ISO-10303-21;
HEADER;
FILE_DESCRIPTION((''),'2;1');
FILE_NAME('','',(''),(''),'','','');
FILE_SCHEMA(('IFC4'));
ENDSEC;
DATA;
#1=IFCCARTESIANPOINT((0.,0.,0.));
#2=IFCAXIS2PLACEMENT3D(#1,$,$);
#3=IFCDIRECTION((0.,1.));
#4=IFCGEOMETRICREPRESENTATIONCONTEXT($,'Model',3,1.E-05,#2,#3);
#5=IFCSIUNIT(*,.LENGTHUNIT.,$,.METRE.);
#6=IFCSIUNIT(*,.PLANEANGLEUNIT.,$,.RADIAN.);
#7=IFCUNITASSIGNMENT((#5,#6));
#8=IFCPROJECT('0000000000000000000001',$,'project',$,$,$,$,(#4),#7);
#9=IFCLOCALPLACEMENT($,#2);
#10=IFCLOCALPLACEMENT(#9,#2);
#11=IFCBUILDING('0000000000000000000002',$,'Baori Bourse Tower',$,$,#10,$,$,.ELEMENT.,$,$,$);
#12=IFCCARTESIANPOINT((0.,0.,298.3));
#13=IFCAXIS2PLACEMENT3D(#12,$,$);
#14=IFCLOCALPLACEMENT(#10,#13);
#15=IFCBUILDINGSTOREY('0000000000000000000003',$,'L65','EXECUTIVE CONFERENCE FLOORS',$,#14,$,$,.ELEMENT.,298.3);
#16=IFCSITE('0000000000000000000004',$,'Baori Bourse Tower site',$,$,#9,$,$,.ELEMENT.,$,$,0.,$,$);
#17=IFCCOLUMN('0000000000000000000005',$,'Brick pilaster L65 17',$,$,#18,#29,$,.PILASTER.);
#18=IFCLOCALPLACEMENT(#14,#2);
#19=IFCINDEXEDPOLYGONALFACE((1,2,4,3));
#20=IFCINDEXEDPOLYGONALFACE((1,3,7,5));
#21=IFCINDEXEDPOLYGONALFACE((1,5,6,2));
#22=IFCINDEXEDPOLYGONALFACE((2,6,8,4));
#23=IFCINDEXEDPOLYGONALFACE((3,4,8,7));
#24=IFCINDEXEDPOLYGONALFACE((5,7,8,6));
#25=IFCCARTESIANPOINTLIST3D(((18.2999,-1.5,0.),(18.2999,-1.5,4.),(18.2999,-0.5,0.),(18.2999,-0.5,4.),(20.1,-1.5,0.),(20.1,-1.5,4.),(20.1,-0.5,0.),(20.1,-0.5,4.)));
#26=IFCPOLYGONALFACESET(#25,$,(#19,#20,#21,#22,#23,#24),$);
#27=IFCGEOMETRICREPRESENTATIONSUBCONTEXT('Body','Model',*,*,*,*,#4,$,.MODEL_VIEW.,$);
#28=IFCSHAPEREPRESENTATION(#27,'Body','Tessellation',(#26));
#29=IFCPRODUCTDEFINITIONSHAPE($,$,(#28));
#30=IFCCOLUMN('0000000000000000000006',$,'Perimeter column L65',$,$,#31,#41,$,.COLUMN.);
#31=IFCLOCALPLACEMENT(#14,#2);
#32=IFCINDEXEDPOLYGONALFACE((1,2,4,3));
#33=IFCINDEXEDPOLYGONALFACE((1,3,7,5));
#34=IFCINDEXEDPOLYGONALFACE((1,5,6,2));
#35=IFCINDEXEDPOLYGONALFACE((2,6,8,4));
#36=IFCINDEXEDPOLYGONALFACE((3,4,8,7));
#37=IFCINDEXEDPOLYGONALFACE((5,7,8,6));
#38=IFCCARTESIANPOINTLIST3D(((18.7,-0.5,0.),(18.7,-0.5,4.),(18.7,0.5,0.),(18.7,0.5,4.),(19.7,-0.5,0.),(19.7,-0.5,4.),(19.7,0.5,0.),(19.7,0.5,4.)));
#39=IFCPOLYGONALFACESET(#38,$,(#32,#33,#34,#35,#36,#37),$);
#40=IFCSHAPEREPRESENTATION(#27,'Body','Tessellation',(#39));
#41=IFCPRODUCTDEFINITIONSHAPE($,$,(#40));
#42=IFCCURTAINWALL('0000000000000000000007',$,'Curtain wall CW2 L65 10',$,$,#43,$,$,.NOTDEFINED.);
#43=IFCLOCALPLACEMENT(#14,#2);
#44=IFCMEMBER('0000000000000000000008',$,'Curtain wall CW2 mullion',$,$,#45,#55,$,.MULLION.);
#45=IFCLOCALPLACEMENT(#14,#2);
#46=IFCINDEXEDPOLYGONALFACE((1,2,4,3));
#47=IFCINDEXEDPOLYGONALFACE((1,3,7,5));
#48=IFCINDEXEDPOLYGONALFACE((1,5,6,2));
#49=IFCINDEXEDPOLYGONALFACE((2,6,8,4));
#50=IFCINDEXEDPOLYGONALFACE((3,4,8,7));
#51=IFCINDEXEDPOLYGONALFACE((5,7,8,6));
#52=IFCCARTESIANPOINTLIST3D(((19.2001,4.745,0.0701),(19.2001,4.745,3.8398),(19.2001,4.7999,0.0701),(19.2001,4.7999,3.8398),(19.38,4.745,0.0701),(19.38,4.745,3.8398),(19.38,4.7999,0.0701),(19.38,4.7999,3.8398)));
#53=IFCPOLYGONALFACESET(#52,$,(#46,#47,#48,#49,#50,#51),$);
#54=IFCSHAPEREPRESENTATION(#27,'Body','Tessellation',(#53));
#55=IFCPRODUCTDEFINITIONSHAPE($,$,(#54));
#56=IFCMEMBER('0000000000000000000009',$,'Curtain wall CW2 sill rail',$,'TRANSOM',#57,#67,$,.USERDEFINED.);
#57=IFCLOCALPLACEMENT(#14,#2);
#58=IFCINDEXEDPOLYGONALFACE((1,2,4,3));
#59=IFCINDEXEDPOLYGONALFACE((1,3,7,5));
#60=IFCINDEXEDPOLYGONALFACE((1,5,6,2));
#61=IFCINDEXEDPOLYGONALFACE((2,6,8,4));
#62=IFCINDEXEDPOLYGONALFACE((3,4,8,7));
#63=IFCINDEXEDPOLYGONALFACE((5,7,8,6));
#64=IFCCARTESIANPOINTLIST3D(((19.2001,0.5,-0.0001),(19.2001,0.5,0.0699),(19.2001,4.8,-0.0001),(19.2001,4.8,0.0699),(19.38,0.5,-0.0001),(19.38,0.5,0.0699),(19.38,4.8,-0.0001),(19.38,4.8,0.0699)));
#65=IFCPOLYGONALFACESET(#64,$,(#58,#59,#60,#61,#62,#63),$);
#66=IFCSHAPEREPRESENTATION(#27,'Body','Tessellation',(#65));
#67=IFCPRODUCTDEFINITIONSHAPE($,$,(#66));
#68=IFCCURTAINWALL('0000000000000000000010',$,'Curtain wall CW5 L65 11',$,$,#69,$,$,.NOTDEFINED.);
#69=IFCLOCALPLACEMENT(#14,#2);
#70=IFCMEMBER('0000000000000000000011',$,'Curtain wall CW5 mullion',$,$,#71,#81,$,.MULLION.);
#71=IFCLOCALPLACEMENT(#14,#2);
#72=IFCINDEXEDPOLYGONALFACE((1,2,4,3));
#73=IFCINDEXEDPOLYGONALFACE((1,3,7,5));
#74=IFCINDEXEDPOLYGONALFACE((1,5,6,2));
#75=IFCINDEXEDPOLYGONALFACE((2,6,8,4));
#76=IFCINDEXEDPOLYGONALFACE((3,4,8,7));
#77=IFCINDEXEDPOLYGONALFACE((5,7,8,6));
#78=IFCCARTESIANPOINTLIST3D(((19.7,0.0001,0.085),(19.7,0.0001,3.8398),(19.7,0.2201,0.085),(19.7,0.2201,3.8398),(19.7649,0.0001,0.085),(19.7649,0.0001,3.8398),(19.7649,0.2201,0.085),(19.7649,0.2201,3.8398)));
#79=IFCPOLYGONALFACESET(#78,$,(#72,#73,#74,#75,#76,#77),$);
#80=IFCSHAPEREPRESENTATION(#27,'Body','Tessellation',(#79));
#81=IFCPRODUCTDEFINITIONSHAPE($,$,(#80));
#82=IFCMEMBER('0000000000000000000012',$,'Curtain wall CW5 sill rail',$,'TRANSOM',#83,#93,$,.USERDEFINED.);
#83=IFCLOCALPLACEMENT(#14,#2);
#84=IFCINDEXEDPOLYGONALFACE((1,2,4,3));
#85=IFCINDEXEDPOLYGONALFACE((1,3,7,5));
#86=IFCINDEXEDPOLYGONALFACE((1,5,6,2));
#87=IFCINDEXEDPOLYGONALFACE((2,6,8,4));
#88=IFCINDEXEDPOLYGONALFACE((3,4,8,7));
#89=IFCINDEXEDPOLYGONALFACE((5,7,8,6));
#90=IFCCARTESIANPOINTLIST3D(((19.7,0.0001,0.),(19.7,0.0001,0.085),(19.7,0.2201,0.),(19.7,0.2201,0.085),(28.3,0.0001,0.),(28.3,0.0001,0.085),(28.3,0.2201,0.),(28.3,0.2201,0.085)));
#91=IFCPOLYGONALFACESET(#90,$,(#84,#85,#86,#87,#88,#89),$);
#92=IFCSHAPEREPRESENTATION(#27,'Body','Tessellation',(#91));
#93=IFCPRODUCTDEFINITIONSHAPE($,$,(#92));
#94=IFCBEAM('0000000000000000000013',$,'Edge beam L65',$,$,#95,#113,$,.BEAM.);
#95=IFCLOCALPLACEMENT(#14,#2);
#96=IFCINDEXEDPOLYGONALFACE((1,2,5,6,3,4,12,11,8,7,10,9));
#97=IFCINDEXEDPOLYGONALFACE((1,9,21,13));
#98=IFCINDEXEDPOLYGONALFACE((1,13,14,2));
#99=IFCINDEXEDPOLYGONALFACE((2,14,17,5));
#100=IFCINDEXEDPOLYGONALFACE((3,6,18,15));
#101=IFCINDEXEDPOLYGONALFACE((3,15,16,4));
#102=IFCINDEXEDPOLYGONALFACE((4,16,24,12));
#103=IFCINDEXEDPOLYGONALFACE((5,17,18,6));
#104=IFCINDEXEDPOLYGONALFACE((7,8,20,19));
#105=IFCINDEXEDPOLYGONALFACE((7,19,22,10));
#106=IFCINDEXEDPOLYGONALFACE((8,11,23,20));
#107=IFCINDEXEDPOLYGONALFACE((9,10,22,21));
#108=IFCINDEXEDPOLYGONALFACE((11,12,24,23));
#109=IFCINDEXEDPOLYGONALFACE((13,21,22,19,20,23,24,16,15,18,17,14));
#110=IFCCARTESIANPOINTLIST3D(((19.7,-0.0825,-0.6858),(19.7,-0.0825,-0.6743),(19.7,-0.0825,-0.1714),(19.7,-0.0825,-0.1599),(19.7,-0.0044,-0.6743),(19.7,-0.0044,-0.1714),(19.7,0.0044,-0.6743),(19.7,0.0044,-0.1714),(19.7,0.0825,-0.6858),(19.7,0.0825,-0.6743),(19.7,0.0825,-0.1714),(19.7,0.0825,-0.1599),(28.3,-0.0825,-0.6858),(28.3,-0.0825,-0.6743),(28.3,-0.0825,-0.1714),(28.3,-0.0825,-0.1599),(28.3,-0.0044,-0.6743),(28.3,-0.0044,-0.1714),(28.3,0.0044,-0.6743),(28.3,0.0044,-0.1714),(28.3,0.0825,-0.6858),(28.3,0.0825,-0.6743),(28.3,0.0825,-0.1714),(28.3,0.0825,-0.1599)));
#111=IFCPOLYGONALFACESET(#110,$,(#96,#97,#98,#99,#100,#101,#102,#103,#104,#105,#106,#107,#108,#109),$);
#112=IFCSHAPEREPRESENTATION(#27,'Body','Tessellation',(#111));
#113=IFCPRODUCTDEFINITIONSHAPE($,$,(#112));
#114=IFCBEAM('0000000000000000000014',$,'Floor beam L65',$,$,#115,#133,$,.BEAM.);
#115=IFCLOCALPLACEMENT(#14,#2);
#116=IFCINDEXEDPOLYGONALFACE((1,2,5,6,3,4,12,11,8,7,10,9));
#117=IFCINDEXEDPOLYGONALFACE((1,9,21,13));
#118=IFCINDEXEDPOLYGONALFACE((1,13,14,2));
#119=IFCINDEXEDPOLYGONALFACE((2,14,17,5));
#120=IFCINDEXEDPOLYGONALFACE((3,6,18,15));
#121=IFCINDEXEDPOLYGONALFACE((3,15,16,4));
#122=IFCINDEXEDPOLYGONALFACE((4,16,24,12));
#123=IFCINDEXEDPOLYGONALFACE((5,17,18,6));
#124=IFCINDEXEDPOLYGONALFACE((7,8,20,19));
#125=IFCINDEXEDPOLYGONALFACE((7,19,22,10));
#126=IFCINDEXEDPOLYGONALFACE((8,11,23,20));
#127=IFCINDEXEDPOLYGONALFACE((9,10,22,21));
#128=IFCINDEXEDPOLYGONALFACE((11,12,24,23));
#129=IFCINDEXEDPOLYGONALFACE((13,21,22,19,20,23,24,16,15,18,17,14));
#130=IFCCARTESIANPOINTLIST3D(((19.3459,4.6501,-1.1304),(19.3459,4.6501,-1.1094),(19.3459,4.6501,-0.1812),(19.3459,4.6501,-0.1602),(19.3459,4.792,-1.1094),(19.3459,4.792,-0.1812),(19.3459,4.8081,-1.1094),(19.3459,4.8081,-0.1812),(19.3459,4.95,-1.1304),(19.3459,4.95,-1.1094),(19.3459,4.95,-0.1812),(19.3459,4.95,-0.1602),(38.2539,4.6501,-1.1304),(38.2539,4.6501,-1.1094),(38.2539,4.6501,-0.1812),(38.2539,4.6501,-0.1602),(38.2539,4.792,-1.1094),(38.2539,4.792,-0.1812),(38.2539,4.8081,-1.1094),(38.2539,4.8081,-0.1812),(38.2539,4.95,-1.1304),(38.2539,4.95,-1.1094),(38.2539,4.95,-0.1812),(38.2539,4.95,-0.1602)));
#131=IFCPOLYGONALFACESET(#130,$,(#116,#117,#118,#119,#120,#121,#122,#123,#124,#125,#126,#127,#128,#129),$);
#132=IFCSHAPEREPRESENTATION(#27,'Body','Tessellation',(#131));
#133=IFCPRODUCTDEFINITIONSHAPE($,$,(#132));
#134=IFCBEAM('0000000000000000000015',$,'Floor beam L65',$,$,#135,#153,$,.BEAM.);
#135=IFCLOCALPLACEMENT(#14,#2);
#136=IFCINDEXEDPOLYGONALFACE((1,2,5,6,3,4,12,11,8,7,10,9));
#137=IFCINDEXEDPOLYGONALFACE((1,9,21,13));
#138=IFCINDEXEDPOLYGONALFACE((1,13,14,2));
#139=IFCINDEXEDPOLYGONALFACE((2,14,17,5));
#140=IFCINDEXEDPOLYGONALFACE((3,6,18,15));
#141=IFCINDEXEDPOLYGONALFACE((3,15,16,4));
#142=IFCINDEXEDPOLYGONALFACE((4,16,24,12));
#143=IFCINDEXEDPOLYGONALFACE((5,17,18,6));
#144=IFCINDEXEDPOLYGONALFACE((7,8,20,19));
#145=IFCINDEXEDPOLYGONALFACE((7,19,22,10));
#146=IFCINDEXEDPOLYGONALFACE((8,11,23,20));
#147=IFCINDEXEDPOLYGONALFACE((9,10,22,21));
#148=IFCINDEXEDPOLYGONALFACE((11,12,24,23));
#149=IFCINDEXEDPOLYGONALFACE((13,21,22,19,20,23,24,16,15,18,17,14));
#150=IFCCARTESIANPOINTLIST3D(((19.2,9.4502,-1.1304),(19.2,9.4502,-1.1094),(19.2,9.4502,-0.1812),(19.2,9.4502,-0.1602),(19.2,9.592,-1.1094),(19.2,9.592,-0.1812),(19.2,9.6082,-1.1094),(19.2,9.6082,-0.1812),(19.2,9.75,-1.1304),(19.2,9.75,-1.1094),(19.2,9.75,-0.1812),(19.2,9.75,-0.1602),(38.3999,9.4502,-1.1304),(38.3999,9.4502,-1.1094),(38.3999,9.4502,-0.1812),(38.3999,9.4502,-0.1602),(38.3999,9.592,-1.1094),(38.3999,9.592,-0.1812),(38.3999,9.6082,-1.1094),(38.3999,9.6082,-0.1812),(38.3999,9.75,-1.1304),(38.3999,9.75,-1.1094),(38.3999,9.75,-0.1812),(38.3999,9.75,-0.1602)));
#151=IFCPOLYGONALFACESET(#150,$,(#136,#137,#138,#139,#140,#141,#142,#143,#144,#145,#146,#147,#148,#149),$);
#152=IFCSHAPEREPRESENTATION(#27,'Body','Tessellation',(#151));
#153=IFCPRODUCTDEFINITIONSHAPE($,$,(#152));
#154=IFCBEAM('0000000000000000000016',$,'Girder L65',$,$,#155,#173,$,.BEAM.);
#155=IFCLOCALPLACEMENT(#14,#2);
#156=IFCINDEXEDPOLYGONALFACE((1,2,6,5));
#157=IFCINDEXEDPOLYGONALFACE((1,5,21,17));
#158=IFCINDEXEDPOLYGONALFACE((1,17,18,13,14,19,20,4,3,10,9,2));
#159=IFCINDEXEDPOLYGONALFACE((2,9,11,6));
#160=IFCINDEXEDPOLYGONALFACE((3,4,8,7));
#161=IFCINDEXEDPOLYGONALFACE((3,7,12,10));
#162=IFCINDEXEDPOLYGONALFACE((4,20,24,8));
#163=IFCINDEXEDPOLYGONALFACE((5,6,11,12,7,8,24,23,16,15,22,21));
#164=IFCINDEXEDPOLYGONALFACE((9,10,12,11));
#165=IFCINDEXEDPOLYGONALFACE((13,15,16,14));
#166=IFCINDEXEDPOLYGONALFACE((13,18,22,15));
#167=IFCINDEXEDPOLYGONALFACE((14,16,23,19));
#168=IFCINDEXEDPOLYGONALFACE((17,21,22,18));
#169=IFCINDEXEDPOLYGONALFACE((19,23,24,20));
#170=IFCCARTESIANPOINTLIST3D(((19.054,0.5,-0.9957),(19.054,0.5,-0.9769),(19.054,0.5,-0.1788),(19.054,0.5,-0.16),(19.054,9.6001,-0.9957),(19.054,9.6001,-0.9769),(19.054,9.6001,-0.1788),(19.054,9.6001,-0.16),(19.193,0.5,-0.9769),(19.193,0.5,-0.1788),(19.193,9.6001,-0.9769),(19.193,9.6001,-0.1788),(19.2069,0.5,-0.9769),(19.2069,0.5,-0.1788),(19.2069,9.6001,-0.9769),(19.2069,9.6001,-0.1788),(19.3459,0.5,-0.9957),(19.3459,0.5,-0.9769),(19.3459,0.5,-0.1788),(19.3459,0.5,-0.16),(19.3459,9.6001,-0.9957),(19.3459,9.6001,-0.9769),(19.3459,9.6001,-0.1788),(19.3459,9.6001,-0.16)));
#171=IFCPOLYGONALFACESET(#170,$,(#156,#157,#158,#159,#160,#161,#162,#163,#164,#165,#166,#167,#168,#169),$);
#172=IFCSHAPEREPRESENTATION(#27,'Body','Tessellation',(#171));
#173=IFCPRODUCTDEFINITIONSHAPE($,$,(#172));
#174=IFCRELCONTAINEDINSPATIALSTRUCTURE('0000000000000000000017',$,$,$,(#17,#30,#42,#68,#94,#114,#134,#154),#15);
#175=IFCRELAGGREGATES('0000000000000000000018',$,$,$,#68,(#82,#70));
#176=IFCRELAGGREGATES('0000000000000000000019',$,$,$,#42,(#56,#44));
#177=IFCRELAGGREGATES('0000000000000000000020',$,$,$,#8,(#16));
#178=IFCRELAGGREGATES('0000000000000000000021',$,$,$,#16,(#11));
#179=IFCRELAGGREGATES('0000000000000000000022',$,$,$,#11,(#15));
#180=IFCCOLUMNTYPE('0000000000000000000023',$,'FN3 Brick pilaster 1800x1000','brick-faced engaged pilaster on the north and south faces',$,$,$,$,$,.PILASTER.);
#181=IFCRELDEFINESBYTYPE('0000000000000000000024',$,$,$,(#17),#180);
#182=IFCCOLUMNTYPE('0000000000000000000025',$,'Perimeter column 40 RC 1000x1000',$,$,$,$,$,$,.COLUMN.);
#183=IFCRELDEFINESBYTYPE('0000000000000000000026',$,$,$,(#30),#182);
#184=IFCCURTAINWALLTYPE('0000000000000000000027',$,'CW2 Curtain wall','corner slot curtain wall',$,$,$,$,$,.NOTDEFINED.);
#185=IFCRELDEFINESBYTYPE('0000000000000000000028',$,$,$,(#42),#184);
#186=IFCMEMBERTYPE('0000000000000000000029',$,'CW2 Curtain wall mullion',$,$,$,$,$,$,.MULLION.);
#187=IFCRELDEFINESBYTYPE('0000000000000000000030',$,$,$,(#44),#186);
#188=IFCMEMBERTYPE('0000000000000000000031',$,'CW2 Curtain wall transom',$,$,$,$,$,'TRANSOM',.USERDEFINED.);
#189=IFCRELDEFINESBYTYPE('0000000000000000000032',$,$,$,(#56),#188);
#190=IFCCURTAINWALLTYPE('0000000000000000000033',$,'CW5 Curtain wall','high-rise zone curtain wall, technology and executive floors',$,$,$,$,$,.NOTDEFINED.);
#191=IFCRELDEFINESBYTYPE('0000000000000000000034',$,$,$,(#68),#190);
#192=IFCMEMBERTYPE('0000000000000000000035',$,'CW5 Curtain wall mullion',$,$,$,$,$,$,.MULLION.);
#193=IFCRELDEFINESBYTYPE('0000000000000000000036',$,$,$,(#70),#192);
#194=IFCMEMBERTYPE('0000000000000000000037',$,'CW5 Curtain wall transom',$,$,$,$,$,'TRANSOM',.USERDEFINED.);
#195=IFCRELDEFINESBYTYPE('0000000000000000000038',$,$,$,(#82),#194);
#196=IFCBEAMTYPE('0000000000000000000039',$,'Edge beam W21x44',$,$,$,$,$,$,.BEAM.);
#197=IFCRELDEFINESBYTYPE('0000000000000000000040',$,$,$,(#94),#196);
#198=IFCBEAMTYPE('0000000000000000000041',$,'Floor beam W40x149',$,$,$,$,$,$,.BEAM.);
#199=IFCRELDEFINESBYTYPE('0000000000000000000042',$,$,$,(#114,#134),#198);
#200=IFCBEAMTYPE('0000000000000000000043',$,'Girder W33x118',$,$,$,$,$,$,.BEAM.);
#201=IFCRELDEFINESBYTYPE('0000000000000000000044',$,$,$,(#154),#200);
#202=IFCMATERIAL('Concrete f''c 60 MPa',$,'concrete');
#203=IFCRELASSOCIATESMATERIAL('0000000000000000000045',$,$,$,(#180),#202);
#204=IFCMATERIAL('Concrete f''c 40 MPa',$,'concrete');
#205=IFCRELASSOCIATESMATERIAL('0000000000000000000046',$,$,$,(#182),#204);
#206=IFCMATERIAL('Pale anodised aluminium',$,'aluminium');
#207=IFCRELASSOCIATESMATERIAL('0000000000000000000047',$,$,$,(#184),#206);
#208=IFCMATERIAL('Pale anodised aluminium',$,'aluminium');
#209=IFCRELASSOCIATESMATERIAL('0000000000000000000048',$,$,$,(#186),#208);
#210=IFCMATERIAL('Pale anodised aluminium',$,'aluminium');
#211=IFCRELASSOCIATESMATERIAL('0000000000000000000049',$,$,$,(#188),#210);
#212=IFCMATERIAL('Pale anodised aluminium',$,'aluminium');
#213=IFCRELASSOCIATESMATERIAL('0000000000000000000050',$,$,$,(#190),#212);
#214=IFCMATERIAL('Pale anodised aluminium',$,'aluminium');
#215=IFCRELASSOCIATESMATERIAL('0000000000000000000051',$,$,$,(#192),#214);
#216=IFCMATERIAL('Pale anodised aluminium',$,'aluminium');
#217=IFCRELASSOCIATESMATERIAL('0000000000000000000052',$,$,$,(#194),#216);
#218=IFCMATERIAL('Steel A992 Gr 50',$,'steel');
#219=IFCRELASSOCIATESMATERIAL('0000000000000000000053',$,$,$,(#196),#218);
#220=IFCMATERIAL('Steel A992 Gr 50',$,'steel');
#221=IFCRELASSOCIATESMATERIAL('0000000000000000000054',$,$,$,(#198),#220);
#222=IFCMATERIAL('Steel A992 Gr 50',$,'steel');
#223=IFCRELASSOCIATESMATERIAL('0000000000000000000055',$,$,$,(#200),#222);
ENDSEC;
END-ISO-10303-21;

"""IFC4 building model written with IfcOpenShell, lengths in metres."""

from ifc_helpers import new_model, si_unit, direction, frame, origin, origin_2d, place, context, subcontext, project, spatial, rectangle, i_section, extrude, material, material_profile, profile_set, type_object, element, aggregate, save


model = new_model("IFC4")

# Units and contexts
model_context = context("Model", 3, precision=1e-05, world=origin(), true_north=direction((0.0, 1.0)))
body_context = subcontext(model_context, "Body", "Model", "MODEL_VIEW")
ifc_project = project(units=[si_unit("LENGTHUNIT", "METRE"), si_unit("PLANEANGLEUNIT", "RADIAN")], contexts=[model_context])

# Site, building, storey
site_placement = place(None, origin())
site = spatial("IfcSite", under=ifc_project, at=site_placement, Name="Baori Bourse Tower site", CompositionType="ELEMENT", RefElevation=0.0)
building_placement = place(site_placement, origin())
building = spatial("IfcBuilding", under=site, at=building_placement, Name="Baori Bourse Tower", CompositionType="ELEMENT")
storey_placement = place(building_placement, frame((0.0, 0.0, 298.3)))
storey = spatial("IfcBuildingStorey", under=building, at=storey_placement, Name="L65", Description="EXECUTIVE CONFERENCE FLOORS", CompositionType="ELEMENT", Elevation=298.3)

# Columns
ifc_material_1 = material(Name="Concrete f'c 60 MPa", Category="concrete")
ifc_material_profile_1 = material_profile(ifc_material_1, rectangle(XDim=1.8, YDim=1.0, at=origin_2d()), Name="RC 1800x1000")
ifc_profile_set_1 = profile_set([ifc_material_profile_1], Name="Concrete f'c 60 MPa")
column_type_1 = type_object("IfcColumnType", Name="FN3 Brick pilaster 1800x1000", Description="brick-faced engaged pilaster on the north and south faces", PredefinedType="PILASTER", material=ifc_profile_set_1)
column_1_placement = place(storey_placement, frame((19.2, -1.0, 0.0), z_axis=(0.0, 0.0, 1.0), x_axis=(1.0, 0.0, 0.0)))
element("IfcColumn", 1, at=column_1_placement, inside=storey, type_object=column_type_1, Name="Brick pilaster L65 17", PredefinedType="PILASTER", context=body_context, shape_type="SweptSolid", body=[
    extrude(rectangle(XDim=1.8, YDim=1.0, at=origin_2d()), origin(), (0.0, 0.0, 1.0), 4.0),
])
ifc_material_2 = material(Name="Concrete f'c 40 MPa", Category="concrete")
ifc_material_profile_2 = material_profile(ifc_material_2, rectangle(XDim=1.0, YDim=1.0, at=origin_2d()), Name="RC 1000x1000")
ifc_profile_set_2 = profile_set([ifc_material_profile_2], Name="Concrete f'c 40 MPa")
column_type_2 = type_object("IfcColumnType", Name="Perimeter column 40 RC 1000x1000", PredefinedType="COLUMN", material=ifc_profile_set_2)
column_2_placement = place(storey_placement, frame((19.2, 0.0, 0.0), z_axis=(0.0, 0.0, 1.0), x_axis=(1.0, 0.0, 0.0)))
element("IfcColumn", 2, at=column_2_placement, inside=storey, type_object=column_type_2, Name="Perimeter column L65", PredefinedType="COLUMN", context=body_context, shape_type="SweptSolid", body=[
    extrude(rectangle(XDim=1.0, YDim=1.0, at=origin_2d()), origin(), (0.0, 0.0, 1.0), 4.0),
])

# Curtain walls, members
ifc_material_3 = material(Name="Pale anodised aluminium", Category="aluminium")
curtain_wall_type_1 = type_object("IfcCurtainWallType", Name="CW2 Curtain wall", Description="corner slot curtain wall", PredefinedType="NOTDEFINED", material=ifc_material_3)
curtain_wall_1_placement = place(storey_placement, origin())
curtain_wall_1 = element("IfcCurtainWall", 3, at=curtain_wall_1_placement, inside=storey, type_object=curtain_wall_type_1, Name="Curtain wall CW2 L65 10", PredefinedType="NOTDEFINED")
ifc_material_4 = material(Name="Pale anodised aluminium", Category="aluminium")
ifc_material_profile_3 = material_profile(ifc_material_4, rectangle(XDim=0.1799, YDim=0.0549, at=origin_2d()), Name="Mullion 55x180")
ifc_profile_set_3 = profile_set([ifc_material_profile_3], Name="Pale anodised aluminium")
member_type_1 = type_object("IfcMemberType", Name="CW2 Curtain wall mullion", PredefinedType="MULLION", material=ifc_profile_set_3)
member_1_placement = place(storey_placement, frame((19.29, 4.7725, 0.0701), z_axis=(0.0, 0.0, 1.0), x_axis=(1.0, 0.0, 0.0)))
member_1 = element("IfcMember", 4, at=member_1_placement, type_object=member_type_1, Name="Curtain wall CW2 mullion", PredefinedType="MULLION", context=body_context, shape_type="SweptSolid", body=[
    extrude(rectangle(XDim=0.1799, YDim=0.0549, at=origin_2d()), origin(), (0.0, 0.0, 1.0), 3.7698),
])
ifc_material_5 = material(Name="Pale anodised aluminium", Category="aluminium")
ifc_material_profile_4 = material_profile(ifc_material_5, rectangle(XDim=0.1799, YDim=0.0701, at=origin_2d()), Name="Transom 70x180")
ifc_profile_set_4 = profile_set([ifc_material_profile_4], Name="Pale anodised aluminium")
member_type_2 = type_object("IfcMemberType", Name="CW2 Curtain wall transom", ElementType="TRANSOM", PredefinedType="USERDEFINED", material=ifc_profile_set_4)
member_2_placement = place(storey_placement, frame((19.29, 4.8, 0.0349), z_axis=(0.0, -1.0, 0.0), x_axis=(1.0, 0.0, 0.0)))
member_2 = element("IfcMember", 5, at=member_2_placement, type_object=member_type_2, Name="Curtain wall CW2 sill rail", ObjectType="TRANSOM", PredefinedType="USERDEFINED", context=body_context, shape_type="SweptSolid", body=[
    extrude(rectangle(XDim=0.1799, YDim=0.0701, at=origin_2d()), origin(), (0.0, 0.0, 1.0), 4.3),
])
ifc_material_6 = material(Name="Pale anodised aluminium", Category="aluminium")
curtain_wall_type_2 = type_object("IfcCurtainWallType", Name="CW5 Curtain wall", Description="high-rise zone curtain wall, technology and executive floors", PredefinedType="NOTDEFINED", material=ifc_material_6)
curtain_wall_2_placement = place(storey_placement, origin())
curtain_wall_2 = element("IfcCurtainWall", 6, at=curtain_wall_2_placement, inside=storey, type_object=curtain_wall_type_2, Name="Curtain wall CW5 L65 11", PredefinedType="NOTDEFINED")
ifc_material_7 = material(Name="Pale anodised aluminium", Category="aluminium")
ifc_material_profile_5 = material_profile(ifc_material_7, rectangle(XDim=0.22, YDim=0.0649, at=origin_2d()), Name="Mullion 65x220")
ifc_profile_set_5 = profile_set([ifc_material_profile_5], Name="Pale anodised aluminium")
member_type_3 = type_object("IfcMemberType", Name="CW5 Curtain wall mullion", PredefinedType="MULLION", material=ifc_profile_set_5)
member_3_placement = place(storey_placement, frame((19.7324, 0.1101, 0.085), z_axis=(0.0, 0.0, 1.0), x_axis=(0.0, 1.0, 0.0)))
member_3 = element("IfcMember", 7, at=member_3_placement, type_object=member_type_3, Name="Curtain wall CW5 mullion", PredefinedType="MULLION", context=body_context, shape_type="SweptSolid", body=[
    extrude(rectangle(XDim=0.22, YDim=0.0649, at=origin_2d()), origin(), (0.0, 0.0, 1.0), 3.7549),
])
ifc_material_8 = material(Name="Pale anodised aluminium", Category="aluminium")
ifc_material_profile_6 = material_profile(ifc_material_8, rectangle(XDim=0.22, YDim=0.085, at=origin_2d()), Name="Transom 85x220")
ifc_profile_set_6 = profile_set([ifc_material_profile_6], Name="Pale anodised aluminium")
member_type_4 = type_object("IfcMemberType", Name="CW5 Curtain wall transom", ElementType="TRANSOM", PredefinedType="USERDEFINED", material=ifc_profile_set_6)
member_4_placement = place(storey_placement, frame((19.7, 0.1101, 0.0425), z_axis=(1.0, 0.0, 0.0), x_axis=(0.0, 1.0, 0.0)))
member_4 = element("IfcMember", 8, at=member_4_placement, type_object=member_type_4, Name="Curtain wall CW5 sill rail", ObjectType="TRANSOM", PredefinedType="USERDEFINED", context=body_context, shape_type="SweptSolid", body=[
    extrude(rectangle(XDim=0.22, YDim=0.085, at=origin_2d()), origin(), (0.0, 0.0, 1.0), 8.6001),
])
aggregate(curtain_wall_2, [member_4, member_3])

# Beams
ifc_material_9 = material(Name="Steel A992 Gr 50", Category="steel")
ifc_material_profile_7 = material_profile(ifc_material_9, i_section(OverallWidth=0.165, OverallDepth=0.5259, WebThickness=0.0088, FlangeThickness=0.0115, at=origin_2d()), Name="W21x44")
ifc_profile_set_7 = profile_set([ifc_material_profile_7], Name="Steel A992 Gr 50")
beam_type_1 = type_object("IfcBeamType", Name="Edge beam W21x44", PredefinedType="BEAM", material=ifc_profile_set_7)
beam_1_placement = place(storey_placement, frame((19.7, 0.0, -0.4229), z_axis=(1.0, 0.0, 0.0), x_axis=(0.0, 1.0, 0.0)))
element("IfcBeam", 9, at=beam_1_placement, inside=storey, type_object=beam_type_1, Name="Edge beam L65", PredefinedType="BEAM", context=body_context, shape_type="SweptSolid", body=[
    extrude(i_section(OverallWidth=0.165, OverallDepth=0.5259, WebThickness=0.0088, FlangeThickness=0.0115, at=origin_2d()), origin(), (0.0, 0.0, 1.0), 8.6001),
])
ifc_material_10 = material(Name="Steel A992 Gr 50", Category="steel")
ifc_material_profile_8 = material_profile(ifc_material_10, i_section(OverallWidth=0.2998, OverallDepth=0.9702, WebThickness=0.0161, FlangeThickness=0.021, at=origin_2d()), Name="W40x149")
ifc_profile_set_8 = profile_set([ifc_material_profile_8], Name="Steel A992 Gr 50")
beam_type_2 = type_object("IfcBeamType", Name="Floor beam W40x149", PredefinedType="BEAM", material=ifc_profile_set_8)
beam_2_placement = place(storey_placement, frame((19.3459, 4.8, -0.6453), z_axis=(1.0, 0.0, 0.0), x_axis=(0.0, 1.0, 0.0)))
element("IfcBeam", 10, at=beam_2_placement, inside=storey, type_object=beam_type_2, Name="Floor beam L65", PredefinedType="BEAM", context=body_context, shape_type="SweptSolid", body=[
    extrude(i_section(OverallWidth=0.2998, OverallDepth=0.9702, WebThickness=0.0161, FlangeThickness=0.021, at=origin_2d()), origin(), (0.0, 0.0, 1.0), 18.908),
])
beam_3_placement = place(storey_placement, frame((19.2, 9.6001, -0.6453), z_axis=(1.0, 0.0, 0.0), x_axis=(0.0, 1.0, 0.0)))
element("IfcBeam", 11, at=beam_3_placement, inside=storey, type_object=beam_type_2, Name="Floor beam L65", PredefinedType="BEAM", context=body_context, shape_type="SweptSolid", body=[
    extrude(i_section(OverallWidth=0.2998, OverallDepth=0.9702, WebThickness=0.0161, FlangeThickness=0.021, at=origin_2d()), origin(), (0.0, 0.0, 1.0), 19.2),
])
ifc_material_11 = material(Name="Steel A992 Gr 50", Category="steel")
ifc_material_profile_9 = material_profile(ifc_material_11, i_section(OverallWidth=0.292, OverallDepth=0.8357, WebThickness=0.0139, FlangeThickness=0.0188, at=origin_2d()), Name="W33x118")
ifc_profile_set_9 = profile_set([ifc_material_profile_9], Name="Steel A992 Gr 50")
beam_type_3 = type_object("IfcBeamType", Name="Girder W33x118", PredefinedType="BEAM", material=ifc_profile_set_9)
beam_4_placement = place(storey_placement, frame((19.2, 0.5, -0.5779), z_axis=(0.0, 1.0, 0.0), x_axis=(-1.0, 0.0, 0.0)))
element("IfcBeam", 12, at=beam_4_placement, inside=storey, type_object=beam_type_3, Name="Girder L65", PredefinedType="BEAM", context=body_context, shape_type="SweptSolid", body=[
    extrude(i_section(OverallWidth=0.292, OverallDepth=0.8357, WebThickness=0.0139, FlangeThickness=0.0188, at=origin_2d()), origin(), (0.0, 0.0, 1.0), 9.1001),
])

aggregate(curtain_wall_1, [member_2, member_1])

save(model, "model.ifc")
